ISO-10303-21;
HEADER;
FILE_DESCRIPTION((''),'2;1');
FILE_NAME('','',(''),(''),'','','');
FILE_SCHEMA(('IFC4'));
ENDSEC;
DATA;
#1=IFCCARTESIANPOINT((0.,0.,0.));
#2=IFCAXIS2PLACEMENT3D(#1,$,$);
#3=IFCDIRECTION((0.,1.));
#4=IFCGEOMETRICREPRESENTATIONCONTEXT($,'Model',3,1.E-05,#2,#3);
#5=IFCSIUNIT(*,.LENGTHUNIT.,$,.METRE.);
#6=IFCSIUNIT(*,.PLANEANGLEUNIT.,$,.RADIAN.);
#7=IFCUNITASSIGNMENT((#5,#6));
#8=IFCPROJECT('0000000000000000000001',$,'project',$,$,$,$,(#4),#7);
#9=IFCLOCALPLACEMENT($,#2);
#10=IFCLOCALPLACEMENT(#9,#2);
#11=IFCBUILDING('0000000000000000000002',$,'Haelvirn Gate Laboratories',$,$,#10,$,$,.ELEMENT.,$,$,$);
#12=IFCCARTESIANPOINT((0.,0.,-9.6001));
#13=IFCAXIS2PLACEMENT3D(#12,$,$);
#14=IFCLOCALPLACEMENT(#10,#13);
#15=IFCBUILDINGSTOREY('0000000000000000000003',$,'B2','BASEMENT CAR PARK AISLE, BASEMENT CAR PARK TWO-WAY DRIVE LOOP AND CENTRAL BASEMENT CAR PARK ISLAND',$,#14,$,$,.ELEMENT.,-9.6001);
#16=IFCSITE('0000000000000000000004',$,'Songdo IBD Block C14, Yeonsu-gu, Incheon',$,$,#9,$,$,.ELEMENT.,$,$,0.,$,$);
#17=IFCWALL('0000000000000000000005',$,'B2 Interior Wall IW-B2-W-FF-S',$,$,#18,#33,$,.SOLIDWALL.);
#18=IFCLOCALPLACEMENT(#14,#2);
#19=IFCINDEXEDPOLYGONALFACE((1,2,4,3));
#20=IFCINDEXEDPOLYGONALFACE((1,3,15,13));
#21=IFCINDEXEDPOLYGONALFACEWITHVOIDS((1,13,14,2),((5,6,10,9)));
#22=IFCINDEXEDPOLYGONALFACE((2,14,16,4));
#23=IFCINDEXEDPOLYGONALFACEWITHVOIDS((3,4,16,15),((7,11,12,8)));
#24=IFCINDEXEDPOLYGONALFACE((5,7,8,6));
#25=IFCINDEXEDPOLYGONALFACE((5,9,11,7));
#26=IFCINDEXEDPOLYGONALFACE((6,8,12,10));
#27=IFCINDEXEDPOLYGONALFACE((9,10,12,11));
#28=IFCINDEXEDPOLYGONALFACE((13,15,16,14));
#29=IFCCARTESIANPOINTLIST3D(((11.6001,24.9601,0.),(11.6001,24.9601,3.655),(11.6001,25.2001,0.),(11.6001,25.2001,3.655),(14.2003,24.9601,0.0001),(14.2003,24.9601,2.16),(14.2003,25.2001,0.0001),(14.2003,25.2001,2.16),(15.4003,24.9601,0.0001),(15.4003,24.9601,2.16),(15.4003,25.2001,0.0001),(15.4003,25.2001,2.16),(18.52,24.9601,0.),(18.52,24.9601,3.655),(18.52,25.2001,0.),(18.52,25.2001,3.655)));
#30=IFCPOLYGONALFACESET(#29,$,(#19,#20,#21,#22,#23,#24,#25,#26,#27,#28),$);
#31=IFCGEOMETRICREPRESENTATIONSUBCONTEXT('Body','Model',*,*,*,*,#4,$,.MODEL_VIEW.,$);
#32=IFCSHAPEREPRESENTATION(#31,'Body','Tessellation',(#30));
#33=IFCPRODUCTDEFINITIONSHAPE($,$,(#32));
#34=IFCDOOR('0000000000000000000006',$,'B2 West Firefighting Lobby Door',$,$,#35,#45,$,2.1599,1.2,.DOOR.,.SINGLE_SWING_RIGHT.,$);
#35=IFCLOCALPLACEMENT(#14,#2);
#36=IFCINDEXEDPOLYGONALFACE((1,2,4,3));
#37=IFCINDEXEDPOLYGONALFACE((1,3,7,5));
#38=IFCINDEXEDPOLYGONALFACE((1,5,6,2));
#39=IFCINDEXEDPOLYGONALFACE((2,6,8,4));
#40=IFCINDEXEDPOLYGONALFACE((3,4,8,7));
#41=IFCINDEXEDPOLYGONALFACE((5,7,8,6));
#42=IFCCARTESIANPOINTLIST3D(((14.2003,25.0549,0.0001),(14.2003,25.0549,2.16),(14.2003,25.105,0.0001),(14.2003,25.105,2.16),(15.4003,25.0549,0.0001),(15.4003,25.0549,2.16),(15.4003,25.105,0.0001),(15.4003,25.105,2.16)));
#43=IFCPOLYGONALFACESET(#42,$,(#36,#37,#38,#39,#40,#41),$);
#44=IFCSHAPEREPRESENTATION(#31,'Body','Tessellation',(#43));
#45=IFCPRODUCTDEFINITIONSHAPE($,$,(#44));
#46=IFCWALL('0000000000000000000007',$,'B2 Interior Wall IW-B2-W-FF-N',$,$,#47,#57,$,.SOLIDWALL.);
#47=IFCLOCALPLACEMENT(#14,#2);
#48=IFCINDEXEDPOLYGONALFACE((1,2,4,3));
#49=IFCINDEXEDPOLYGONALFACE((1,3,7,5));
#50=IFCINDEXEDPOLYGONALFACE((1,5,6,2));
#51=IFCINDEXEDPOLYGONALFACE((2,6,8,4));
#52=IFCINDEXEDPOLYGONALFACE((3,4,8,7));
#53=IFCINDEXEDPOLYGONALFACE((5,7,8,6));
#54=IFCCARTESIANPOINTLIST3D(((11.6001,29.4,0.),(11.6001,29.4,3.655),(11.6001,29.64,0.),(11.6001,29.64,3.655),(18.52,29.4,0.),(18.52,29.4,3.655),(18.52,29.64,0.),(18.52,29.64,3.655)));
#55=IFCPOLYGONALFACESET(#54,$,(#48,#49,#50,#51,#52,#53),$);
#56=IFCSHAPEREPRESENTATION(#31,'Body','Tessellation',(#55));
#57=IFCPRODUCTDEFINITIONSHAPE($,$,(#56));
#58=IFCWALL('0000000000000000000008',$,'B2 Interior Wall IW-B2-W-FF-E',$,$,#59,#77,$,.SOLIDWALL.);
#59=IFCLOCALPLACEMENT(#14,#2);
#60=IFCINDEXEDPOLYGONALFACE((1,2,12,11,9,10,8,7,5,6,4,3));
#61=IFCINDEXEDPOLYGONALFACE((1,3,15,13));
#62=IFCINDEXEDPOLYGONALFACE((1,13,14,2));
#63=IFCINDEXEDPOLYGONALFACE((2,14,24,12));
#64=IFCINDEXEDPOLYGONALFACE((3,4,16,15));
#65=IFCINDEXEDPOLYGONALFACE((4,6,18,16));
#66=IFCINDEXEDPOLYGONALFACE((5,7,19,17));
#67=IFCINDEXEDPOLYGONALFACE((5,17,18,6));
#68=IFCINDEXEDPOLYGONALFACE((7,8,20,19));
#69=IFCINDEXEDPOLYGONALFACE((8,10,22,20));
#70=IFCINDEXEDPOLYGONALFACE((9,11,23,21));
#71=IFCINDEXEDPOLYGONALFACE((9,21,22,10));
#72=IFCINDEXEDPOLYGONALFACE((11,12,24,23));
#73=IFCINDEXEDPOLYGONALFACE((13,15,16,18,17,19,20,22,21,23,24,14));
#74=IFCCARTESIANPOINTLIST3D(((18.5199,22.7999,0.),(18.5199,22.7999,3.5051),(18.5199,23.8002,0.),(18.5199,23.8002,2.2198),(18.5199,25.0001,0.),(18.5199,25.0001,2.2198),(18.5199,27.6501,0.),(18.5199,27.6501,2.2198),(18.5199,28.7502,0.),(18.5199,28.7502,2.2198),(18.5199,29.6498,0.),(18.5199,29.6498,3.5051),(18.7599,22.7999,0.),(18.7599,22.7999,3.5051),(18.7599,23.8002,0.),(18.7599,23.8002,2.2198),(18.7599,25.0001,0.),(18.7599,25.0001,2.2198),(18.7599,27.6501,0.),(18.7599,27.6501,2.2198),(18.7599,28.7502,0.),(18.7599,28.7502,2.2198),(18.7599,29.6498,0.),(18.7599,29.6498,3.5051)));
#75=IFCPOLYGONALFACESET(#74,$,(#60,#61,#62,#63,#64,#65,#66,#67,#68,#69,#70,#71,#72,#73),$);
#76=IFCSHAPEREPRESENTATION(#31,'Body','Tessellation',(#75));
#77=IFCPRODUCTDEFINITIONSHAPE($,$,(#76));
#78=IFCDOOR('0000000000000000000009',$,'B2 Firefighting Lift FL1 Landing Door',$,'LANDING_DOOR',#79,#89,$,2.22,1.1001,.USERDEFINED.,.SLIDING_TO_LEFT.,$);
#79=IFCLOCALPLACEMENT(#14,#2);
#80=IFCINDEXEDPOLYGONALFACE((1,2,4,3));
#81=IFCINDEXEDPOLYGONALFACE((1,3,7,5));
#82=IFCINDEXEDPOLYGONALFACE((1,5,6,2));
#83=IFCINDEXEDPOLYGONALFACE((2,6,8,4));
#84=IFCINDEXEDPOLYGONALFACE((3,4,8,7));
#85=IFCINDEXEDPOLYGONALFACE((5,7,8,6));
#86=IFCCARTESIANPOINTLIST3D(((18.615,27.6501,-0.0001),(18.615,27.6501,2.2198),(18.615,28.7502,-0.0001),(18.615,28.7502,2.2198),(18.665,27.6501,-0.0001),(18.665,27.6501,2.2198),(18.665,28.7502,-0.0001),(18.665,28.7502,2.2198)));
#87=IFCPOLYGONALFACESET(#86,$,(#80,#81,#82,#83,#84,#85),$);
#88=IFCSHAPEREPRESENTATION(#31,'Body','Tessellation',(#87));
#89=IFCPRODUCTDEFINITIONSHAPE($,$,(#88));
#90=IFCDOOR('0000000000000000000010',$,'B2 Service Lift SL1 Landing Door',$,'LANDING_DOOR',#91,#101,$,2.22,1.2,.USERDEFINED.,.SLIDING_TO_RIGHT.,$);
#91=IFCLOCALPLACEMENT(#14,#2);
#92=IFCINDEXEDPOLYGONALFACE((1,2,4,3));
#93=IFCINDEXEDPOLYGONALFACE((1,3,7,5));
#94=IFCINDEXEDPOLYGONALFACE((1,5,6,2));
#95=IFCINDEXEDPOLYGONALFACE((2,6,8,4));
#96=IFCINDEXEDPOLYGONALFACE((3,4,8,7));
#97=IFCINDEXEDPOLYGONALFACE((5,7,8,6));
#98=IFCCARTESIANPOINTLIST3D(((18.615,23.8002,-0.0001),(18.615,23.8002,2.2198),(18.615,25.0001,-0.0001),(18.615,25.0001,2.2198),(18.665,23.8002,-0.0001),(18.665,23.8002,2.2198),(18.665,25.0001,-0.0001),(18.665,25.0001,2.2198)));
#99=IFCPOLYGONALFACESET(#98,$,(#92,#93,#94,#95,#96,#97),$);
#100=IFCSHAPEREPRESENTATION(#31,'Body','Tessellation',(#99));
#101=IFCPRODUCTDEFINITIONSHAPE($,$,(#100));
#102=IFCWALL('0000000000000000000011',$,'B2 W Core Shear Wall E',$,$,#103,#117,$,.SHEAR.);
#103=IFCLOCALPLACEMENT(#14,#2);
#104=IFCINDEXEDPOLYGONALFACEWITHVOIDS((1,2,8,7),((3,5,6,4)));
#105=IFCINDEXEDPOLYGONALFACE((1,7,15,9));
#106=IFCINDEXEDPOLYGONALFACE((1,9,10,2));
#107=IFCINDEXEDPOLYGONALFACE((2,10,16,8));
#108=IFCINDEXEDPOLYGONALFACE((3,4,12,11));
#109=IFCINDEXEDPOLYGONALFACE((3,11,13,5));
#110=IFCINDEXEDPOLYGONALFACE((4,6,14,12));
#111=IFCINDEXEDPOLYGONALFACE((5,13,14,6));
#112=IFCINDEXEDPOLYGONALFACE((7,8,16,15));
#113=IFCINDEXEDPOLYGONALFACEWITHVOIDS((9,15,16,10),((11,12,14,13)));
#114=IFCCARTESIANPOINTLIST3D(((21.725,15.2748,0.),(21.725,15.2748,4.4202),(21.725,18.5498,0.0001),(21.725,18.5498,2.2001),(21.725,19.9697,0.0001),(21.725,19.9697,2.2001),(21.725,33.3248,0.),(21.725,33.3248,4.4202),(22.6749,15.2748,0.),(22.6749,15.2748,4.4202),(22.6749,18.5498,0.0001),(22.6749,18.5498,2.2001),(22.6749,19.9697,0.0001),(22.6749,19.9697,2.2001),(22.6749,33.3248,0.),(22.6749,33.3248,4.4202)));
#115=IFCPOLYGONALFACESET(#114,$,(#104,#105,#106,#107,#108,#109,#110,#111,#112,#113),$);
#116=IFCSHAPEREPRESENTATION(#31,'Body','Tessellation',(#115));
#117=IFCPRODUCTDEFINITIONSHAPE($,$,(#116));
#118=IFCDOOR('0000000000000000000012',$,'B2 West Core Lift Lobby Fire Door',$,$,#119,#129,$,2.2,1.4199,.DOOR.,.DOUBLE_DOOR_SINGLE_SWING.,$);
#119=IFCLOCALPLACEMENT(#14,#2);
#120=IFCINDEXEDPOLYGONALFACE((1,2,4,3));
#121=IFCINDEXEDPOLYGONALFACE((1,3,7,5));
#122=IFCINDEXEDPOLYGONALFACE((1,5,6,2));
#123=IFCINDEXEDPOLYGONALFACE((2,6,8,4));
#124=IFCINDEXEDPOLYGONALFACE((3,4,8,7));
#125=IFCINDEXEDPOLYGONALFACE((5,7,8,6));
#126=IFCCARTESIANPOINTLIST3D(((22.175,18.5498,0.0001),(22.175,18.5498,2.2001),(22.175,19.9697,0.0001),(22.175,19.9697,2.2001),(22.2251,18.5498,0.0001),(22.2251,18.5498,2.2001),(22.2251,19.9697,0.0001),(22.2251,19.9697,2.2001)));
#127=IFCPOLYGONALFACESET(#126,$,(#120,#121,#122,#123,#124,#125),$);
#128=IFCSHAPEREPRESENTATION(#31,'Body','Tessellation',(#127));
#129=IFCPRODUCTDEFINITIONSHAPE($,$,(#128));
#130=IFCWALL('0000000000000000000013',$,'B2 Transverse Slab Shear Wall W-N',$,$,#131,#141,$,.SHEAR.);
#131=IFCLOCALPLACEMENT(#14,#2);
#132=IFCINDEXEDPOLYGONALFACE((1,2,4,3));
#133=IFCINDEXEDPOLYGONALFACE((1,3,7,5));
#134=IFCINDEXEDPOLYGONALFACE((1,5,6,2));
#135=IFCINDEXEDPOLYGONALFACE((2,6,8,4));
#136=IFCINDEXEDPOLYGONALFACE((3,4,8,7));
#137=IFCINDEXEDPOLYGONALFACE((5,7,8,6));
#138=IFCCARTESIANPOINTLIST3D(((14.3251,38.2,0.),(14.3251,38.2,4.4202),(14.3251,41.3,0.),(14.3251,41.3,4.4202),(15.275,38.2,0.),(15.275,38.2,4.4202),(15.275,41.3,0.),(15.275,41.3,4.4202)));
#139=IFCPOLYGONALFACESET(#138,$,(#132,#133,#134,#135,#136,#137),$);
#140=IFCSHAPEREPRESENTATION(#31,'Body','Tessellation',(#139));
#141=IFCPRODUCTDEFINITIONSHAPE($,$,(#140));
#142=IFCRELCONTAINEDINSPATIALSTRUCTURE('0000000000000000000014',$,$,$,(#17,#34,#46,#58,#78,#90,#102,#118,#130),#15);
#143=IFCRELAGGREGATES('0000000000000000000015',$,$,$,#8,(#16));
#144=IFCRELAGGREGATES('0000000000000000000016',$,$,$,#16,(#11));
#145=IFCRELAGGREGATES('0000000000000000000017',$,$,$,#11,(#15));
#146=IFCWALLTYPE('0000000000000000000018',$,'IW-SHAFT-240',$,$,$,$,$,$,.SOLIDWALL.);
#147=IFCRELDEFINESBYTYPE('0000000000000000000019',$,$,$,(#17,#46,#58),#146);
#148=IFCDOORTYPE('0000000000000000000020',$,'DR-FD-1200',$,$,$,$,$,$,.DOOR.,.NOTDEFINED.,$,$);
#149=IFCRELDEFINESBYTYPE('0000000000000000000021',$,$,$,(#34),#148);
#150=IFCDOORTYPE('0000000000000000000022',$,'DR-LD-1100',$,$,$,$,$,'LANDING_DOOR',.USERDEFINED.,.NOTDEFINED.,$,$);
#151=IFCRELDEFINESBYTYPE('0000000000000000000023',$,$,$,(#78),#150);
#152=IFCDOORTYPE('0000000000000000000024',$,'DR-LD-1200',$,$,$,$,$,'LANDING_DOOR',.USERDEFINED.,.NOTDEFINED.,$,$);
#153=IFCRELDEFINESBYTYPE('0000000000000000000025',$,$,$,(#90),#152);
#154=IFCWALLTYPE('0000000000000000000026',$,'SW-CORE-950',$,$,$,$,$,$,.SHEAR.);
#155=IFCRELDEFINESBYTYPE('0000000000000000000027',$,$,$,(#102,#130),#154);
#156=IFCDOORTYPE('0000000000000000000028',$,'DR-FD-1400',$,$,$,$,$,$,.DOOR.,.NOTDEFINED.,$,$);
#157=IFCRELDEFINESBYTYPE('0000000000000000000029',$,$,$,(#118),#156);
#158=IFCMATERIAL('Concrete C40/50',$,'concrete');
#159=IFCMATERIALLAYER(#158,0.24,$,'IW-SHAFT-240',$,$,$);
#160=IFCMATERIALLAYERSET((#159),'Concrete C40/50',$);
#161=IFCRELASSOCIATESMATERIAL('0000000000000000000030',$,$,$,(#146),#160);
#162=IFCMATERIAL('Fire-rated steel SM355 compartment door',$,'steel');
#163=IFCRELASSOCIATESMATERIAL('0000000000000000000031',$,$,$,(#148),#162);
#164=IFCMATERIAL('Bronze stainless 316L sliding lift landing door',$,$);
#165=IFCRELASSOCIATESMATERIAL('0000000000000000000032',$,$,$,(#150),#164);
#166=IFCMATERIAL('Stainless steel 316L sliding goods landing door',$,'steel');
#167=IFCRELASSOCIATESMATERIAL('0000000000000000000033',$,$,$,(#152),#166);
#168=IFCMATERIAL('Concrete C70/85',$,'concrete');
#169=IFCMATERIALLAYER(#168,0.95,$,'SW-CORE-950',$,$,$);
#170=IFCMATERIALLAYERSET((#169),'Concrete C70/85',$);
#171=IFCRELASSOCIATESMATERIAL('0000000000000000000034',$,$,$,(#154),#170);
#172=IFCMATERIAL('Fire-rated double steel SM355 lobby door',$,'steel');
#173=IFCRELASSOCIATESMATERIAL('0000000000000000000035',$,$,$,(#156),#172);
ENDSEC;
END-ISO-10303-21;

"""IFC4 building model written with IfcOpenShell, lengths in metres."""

from ifc_helpers import new_model, si_unit, direction, frame, frame_2d, origin, place, context, subcontext, project, spatial, rectangle, extrude, source, transform, mapped, material, layer, layer_set, type_object, type_shapes, element, fill, save


model = new_model("IFC4")

# Units and contexts
model_context = context("Model", 3, precision=1e-05, world=origin(), true_north=direction((0.0, 1.0)))
body_context = subcontext(model_context, "Body", "Model", "MODEL_VIEW")
ifc_project = project(units=[si_unit("LENGTHUNIT", "METRE"), si_unit("PLANEANGLEUNIT", "RADIAN")], contexts=[model_context])

# Site, building, storey
site_placement = place(None, origin())
site = spatial("IfcSite", under=ifc_project, at=site_placement, Name="Songdo IBD Block C14, Yeonsu-gu, Incheon", CompositionType="ELEMENT", RefElevation=0.0)
building_placement = place(site_placement, origin())
building = spatial("IfcBuilding", under=site, at=building_placement, Name="Haelvirn Gate Laboratories", CompositionType="ELEMENT")
storey_placement = place(building_placement, frame((0.0, 0.0, -9.6001)))
storey = spatial("IfcBuildingStorey", under=building, at=storey_placement, Name="B2", Description="BASEMENT CAR PARK AISLE, BASEMENT CAR PARK TWO-WAY DRIVE LOOP AND CENTRAL BASEMENT CAR PARK ISLAND", CompositionType="ELEMENT", Elevation=-9.6001)

# Shared definitions
ifc_material_1 = material(Name="Concrete C70/85", Category="concrete")

# Shared definitions
ifc_material_2 = material(Name="Concrete C40/50", Category="concrete")

# Wall, opening, door
ifc_layer_1 = layer(ifc_material_2, 0.24, Name="IW-SHAFT-240")
ifc_layer_set_1 = layer_set([ifc_layer_1], Name="Concrete C40/50")
wall_type_1 = type_object("IfcWallType", Name="IW-SHAFT-240", PredefinedType="SOLIDWALL", material=ifc_layer_set_1)
wall_1_placement = place(storey_placement, frame((11.6001, 25.0801, 0.0), z_axis=(0.0, 0.0, 1.0), x_axis=(1.0, 0.0, 0.0)))
wall_1 = element("IfcWall", 1, at=wall_1_placement, inside=storey, type_object=wall_type_1, Name="B2 Interior Wall IW-B2-W-FF-S", PredefinedType="SOLIDWALL", context=body_context, shape_type="SweptSolid", body=[
    extrude(rectangle(XDim=6.9199, YDim=0.24, at=frame_2d((3.46, 0.0))), origin(), (0.0, 0.0, 1.0), 3.655),
])
opening_1_placement = place(wall_1_placement, frame((2.6001, 0.0, 0.0)))
opening_1 = element("IfcOpeningElement", 2, at=opening_1_placement, cuts=wall_1, PredefinedType="OPENING", context=body_context, shape_type="SweptSolid", body=[
    extrude(rectangle(XDim=1.2, YDim=2.1599, at=frame_2d((0.6001, 1.0801))), frame((0.0, 0.1299, 0.0), z_axis=(0.0, -1.0, 0.0), x_axis=(1.0, 0.0, 0.0)), (0.0, 0.0, 1.0), 0.26),
])
ifc_material_3 = material(Name="Fire-rated steel SM355 compartment door", Category="steel")
door_type_1 = type_object("IfcDoorType", Name="DR-FD-1200", OperationType="NOTDEFINED", PredefinedType="DOOR", material=ifc_material_3)
shared_shape_1 = source(origin(), body_context, "Body", "SweptSolid", [
    extrude(rectangle(XDim=1.2, YDim=2.1599, at=frame_2d((0.6001, 1.0801))), frame((0.0, 0.0249, 0.0), z_axis=(0.0, -1.0, 0.0), x_axis=(1.0, 0.0, 0.0)), (0.0, 0.0, 1.0), 0.05),
])
type_shapes(door_type_1, [shared_shape_1])
door_1_placement = place(opening_1_placement, origin())
door_1 = element("IfcDoor", 3, at=door_1_placement, inside=storey, type_object=door_type_1, Name="B2 West Firefighting Lobby Door", OperationType="SINGLE_SWING_RIGHT", OverallHeight=2.1599, OverallWidth=1.2, PredefinedType="DOOR", context=body_context, shape_type="MappedRepresentation", body=[
    mapped(shared_shape_1, transform((0.0, 0.0, 0.0), scale=1.0)),
])
fill(opening_1, door_1)

# Wall
wall_2_placement = place(storey_placement, frame((11.6001, 29.52, 0.0), z_axis=(0.0, 0.0, 1.0), x_axis=(1.0, 0.0, 0.0)))
element("IfcWall", 4, at=wall_2_placement, inside=storey, type_object=wall_type_1, Name="B2 Interior Wall IW-B2-W-FF-N", PredefinedType="SOLIDWALL", context=body_context, shape_type="SweptSolid", body=[
    extrude(rectangle(XDim=6.9199, YDim=0.24, at=frame_2d((3.46, 0.0))), origin(), (0.0, 0.0, 1.0), 3.655),
])

# Wall, openings, doors
wall_3_placement = place(storey_placement, frame((18.6399, 22.8, 0.0), z_axis=(0.0, 0.0, 1.0), x_axis=(0.0, 1.0, 0.0)))
wall_3 = element("IfcWall", 5, at=wall_3_placement, inside=storey, type_object=wall_type_1, Name="B2 Interior Wall IW-B2-W-FF-E", PredefinedType="SOLIDWALL", context=body_context, shape_type="SweptSolid", body=[
    extrude(rectangle(XDim=6.8499, YDim=0.24, at=frame_2d((3.4248, 0.0))), origin(), (0.0, 0.0, 1.0), 3.5051),
])
opening_2_placement = place(wall_3_placement, frame((4.8501, 0.0, 0.0)))
opening_2 = element("IfcOpeningElement", 6, at=opening_2_placement, cuts=wall_3, PredefinedType="OPENING", context=body_context, shape_type="SweptSolid", body=[
    extrude(rectangle(XDim=1.1001, YDim=2.22, at=frame_2d((0.55, 1.1099))), frame((0.0, 0.1299, 0.0), z_axis=(0.0, -1.0, 0.0), x_axis=(1.0, 0.0, 0.0)), (0.0, 0.0, 1.0), 0.26),
])
opening_3_placement = place(wall_3_placement, frame((1.0, 0.0, 0.0)))
opening_3 = element("IfcOpeningElement", 7, at=opening_3_placement, cuts=wall_3, PredefinedType="OPENING", context=body_context, shape_type="SweptSolid", body=[
    extrude(rectangle(XDim=1.2, YDim=2.22, at=frame_2d((0.6001, 1.1099))), frame((0.0, 0.1299, 0.0), z_axis=(0.0, -1.0, 0.0), x_axis=(1.0, 0.0, 0.0)), (0.0, 0.0, 1.0), 0.26),
])
ifc_material_4 = material(Name="Bronze stainless 316L sliding lift landing door")
door_type_2 = type_object("IfcDoorType", Name="DR-LD-1100", ElementType="LANDING_DOOR", OperationType="NOTDEFINED", PredefinedType="USERDEFINED", material=ifc_material_4)
shared_shape_2 = source(origin(), body_context, "Body", "SweptSolid", [
    extrude(rectangle(XDim=1.1001, YDim=2.22, at=frame_2d((0.55, 1.1099))), frame((0.0, 0.0249, 0.0), z_axis=(0.0, -1.0, 0.0), x_axis=(1.0, 0.0, 0.0)), (0.0, 0.0, 1.0), 0.05),
])
type_shapes(door_type_2, [shared_shape_2])
door_2_placement = place(opening_2_placement, origin())
door_2 = element("IfcDoor", 8, at=door_2_placement, inside=storey, type_object=door_type_2, Name="B2 Firefighting Lift FL1 Landing Door", ObjectType="LANDING_DOOR", OperationType="SLIDING_TO_LEFT", OverallHeight=2.22, OverallWidth=1.1001, PredefinedType="USERDEFINED", context=body_context, shape_type="MappedRepresentation", body=[
    mapped(shared_shape_2, transform((0.0, 0.0, 0.0), scale=1.0)),
])
fill(opening_2, door_2)
ifc_material_5 = material(Name="Stainless steel 316L sliding goods landing door", Category="steel")
door_type_3 = type_object("IfcDoorType", Name="DR-LD-1200", ElementType="LANDING_DOOR", OperationType="NOTDEFINED", PredefinedType="USERDEFINED", material=ifc_material_5)
shared_shape_3 = source(origin(), body_context, "Body", "SweptSolid", [
    extrude(rectangle(XDim=1.2, YDim=2.22, at=frame_2d((0.6001, 1.1099))), frame((0.0, 0.0249, 0.0), z_axis=(0.0, -1.0, 0.0), x_axis=(1.0, 0.0, 0.0)), (0.0, 0.0, 1.0), 0.05),
])
type_shapes(door_type_3, [shared_shape_3])
door_3_placement = place(opening_3_placement, origin())
door_3 = element("IfcDoor", 9, at=door_3_placement, inside=storey, type_object=door_type_3, Name="B2 Service Lift SL1 Landing Door", ObjectType="LANDING_DOOR", OperationType="SLIDING_TO_RIGHT", OverallHeight=2.22, OverallWidth=1.2, PredefinedType="USERDEFINED", context=body_context, shape_type="MappedRepresentation", body=[
    mapped(shared_shape_3, transform((0.0, 0.0, 0.0), scale=1.0)),
])
fill(opening_3, door_3)

# Wall, opening, door
ifc_layer_2 = layer(ifc_material_1, 0.95, Name="SW-CORE-950")
ifc_layer_set_2 = layer_set([ifc_layer_2], Name="Concrete C70/85")
wall_type_2 = type_object("IfcWallType", Name="SW-CORE-950", PredefinedType="SHEAR", material=ifc_layer_set_2)
wall_4_placement = place(storey_placement, frame((22.2, 15.2749, 0.0), z_axis=(0.0, 0.0, 1.0), x_axis=(0.0, 1.0, 0.0)))
wall_4 = element("IfcWall", 10, at=wall_4_placement, inside=storey, type_object=wall_type_2, Name="B2 W Core Shear Wall E", PredefinedType="SHEAR", context=body_context, shape_type="SweptSolid", body=[
    extrude(rectangle(XDim=18.05, YDim=0.95, at=frame_2d((9.0249, 0.0))), origin(), (0.0, 0.0, 1.0), 4.4202),
])
opening_4_placement = place(wall_4_placement, frame((3.2749, 0.0, 0.0)))
opening_4 = element("IfcOpeningElement", 11, at=opening_4_placement, cuts=wall_4, PredefinedType="OPENING", context=body_context, shape_type="SweptSolid", body=[
    extrude(rectangle(XDim=1.4199, YDim=2.2, at=frame_2d((0.71, 1.1001))), frame((0.0, 0.4849, 0.0), z_axis=(0.0, -1.0, 0.0), x_axis=(1.0, 0.0, 0.0)), (0.0, 0.0, 1.0), 0.97),
])
ifc_material_6 = material(Name="Fire-rated double steel SM355 lobby door", Category="steel")
door_type_4 = type_object("IfcDoorType", Name="DR-FD-1400", OperationType="NOTDEFINED", PredefinedType="DOOR", material=ifc_material_6)
shared_shape_4 = source(origin(), body_context, "Body", "SweptSolid", [
    extrude(rectangle(XDim=1.4199, YDim=2.2, at=frame_2d((0.71, 1.1001))), frame((0.0, 0.0249, 0.0), z_axis=(0.0, -1.0, 0.0), x_axis=(1.0, 0.0, 0.0)), (0.0, 0.0, 1.0), 0.05),
])
type_shapes(door_type_4, [shared_shape_4])
door_4_placement = place(opening_4_placement, origin())
door_4 = element("IfcDoor", 12, at=door_4_placement, inside=storey, type_object=door_type_4, Name="B2 West Core Lift Lobby Fire Door", OperationType="DOUBLE_DOOR_SINGLE_SWING", OverallHeight=2.2, OverallWidth=1.4199, PredefinedType="DOOR", context=body_context, shape_type="MappedRepresentation", body=[
    mapped(shared_shape_4, transform((0.0, 0.0, 0.0), scale=1.0)),
])
fill(opening_4, door_4)

# Wall
wall_5_placement = place(storey_placement, frame((14.8, 38.2, 0.0), z_axis=(0.0, 0.0, 1.0), x_axis=(0.0, 1.0, 0.0)))
element("IfcWall", 13, at=wall_5_placement, inside=storey, type_object=wall_type_2, Name="B2 Transverse Slab Shear Wall W-N", PredefinedType="SHEAR", context=body_context, shape_type="SweptSolid", body=[
    extrude(rectangle(XDim=3.1001, YDim=0.95, at=frame_2d((1.55, 0.0))), origin(), (0.0, 0.0, 1.0), 4.4202),
])

save(model, "model.ifc")
